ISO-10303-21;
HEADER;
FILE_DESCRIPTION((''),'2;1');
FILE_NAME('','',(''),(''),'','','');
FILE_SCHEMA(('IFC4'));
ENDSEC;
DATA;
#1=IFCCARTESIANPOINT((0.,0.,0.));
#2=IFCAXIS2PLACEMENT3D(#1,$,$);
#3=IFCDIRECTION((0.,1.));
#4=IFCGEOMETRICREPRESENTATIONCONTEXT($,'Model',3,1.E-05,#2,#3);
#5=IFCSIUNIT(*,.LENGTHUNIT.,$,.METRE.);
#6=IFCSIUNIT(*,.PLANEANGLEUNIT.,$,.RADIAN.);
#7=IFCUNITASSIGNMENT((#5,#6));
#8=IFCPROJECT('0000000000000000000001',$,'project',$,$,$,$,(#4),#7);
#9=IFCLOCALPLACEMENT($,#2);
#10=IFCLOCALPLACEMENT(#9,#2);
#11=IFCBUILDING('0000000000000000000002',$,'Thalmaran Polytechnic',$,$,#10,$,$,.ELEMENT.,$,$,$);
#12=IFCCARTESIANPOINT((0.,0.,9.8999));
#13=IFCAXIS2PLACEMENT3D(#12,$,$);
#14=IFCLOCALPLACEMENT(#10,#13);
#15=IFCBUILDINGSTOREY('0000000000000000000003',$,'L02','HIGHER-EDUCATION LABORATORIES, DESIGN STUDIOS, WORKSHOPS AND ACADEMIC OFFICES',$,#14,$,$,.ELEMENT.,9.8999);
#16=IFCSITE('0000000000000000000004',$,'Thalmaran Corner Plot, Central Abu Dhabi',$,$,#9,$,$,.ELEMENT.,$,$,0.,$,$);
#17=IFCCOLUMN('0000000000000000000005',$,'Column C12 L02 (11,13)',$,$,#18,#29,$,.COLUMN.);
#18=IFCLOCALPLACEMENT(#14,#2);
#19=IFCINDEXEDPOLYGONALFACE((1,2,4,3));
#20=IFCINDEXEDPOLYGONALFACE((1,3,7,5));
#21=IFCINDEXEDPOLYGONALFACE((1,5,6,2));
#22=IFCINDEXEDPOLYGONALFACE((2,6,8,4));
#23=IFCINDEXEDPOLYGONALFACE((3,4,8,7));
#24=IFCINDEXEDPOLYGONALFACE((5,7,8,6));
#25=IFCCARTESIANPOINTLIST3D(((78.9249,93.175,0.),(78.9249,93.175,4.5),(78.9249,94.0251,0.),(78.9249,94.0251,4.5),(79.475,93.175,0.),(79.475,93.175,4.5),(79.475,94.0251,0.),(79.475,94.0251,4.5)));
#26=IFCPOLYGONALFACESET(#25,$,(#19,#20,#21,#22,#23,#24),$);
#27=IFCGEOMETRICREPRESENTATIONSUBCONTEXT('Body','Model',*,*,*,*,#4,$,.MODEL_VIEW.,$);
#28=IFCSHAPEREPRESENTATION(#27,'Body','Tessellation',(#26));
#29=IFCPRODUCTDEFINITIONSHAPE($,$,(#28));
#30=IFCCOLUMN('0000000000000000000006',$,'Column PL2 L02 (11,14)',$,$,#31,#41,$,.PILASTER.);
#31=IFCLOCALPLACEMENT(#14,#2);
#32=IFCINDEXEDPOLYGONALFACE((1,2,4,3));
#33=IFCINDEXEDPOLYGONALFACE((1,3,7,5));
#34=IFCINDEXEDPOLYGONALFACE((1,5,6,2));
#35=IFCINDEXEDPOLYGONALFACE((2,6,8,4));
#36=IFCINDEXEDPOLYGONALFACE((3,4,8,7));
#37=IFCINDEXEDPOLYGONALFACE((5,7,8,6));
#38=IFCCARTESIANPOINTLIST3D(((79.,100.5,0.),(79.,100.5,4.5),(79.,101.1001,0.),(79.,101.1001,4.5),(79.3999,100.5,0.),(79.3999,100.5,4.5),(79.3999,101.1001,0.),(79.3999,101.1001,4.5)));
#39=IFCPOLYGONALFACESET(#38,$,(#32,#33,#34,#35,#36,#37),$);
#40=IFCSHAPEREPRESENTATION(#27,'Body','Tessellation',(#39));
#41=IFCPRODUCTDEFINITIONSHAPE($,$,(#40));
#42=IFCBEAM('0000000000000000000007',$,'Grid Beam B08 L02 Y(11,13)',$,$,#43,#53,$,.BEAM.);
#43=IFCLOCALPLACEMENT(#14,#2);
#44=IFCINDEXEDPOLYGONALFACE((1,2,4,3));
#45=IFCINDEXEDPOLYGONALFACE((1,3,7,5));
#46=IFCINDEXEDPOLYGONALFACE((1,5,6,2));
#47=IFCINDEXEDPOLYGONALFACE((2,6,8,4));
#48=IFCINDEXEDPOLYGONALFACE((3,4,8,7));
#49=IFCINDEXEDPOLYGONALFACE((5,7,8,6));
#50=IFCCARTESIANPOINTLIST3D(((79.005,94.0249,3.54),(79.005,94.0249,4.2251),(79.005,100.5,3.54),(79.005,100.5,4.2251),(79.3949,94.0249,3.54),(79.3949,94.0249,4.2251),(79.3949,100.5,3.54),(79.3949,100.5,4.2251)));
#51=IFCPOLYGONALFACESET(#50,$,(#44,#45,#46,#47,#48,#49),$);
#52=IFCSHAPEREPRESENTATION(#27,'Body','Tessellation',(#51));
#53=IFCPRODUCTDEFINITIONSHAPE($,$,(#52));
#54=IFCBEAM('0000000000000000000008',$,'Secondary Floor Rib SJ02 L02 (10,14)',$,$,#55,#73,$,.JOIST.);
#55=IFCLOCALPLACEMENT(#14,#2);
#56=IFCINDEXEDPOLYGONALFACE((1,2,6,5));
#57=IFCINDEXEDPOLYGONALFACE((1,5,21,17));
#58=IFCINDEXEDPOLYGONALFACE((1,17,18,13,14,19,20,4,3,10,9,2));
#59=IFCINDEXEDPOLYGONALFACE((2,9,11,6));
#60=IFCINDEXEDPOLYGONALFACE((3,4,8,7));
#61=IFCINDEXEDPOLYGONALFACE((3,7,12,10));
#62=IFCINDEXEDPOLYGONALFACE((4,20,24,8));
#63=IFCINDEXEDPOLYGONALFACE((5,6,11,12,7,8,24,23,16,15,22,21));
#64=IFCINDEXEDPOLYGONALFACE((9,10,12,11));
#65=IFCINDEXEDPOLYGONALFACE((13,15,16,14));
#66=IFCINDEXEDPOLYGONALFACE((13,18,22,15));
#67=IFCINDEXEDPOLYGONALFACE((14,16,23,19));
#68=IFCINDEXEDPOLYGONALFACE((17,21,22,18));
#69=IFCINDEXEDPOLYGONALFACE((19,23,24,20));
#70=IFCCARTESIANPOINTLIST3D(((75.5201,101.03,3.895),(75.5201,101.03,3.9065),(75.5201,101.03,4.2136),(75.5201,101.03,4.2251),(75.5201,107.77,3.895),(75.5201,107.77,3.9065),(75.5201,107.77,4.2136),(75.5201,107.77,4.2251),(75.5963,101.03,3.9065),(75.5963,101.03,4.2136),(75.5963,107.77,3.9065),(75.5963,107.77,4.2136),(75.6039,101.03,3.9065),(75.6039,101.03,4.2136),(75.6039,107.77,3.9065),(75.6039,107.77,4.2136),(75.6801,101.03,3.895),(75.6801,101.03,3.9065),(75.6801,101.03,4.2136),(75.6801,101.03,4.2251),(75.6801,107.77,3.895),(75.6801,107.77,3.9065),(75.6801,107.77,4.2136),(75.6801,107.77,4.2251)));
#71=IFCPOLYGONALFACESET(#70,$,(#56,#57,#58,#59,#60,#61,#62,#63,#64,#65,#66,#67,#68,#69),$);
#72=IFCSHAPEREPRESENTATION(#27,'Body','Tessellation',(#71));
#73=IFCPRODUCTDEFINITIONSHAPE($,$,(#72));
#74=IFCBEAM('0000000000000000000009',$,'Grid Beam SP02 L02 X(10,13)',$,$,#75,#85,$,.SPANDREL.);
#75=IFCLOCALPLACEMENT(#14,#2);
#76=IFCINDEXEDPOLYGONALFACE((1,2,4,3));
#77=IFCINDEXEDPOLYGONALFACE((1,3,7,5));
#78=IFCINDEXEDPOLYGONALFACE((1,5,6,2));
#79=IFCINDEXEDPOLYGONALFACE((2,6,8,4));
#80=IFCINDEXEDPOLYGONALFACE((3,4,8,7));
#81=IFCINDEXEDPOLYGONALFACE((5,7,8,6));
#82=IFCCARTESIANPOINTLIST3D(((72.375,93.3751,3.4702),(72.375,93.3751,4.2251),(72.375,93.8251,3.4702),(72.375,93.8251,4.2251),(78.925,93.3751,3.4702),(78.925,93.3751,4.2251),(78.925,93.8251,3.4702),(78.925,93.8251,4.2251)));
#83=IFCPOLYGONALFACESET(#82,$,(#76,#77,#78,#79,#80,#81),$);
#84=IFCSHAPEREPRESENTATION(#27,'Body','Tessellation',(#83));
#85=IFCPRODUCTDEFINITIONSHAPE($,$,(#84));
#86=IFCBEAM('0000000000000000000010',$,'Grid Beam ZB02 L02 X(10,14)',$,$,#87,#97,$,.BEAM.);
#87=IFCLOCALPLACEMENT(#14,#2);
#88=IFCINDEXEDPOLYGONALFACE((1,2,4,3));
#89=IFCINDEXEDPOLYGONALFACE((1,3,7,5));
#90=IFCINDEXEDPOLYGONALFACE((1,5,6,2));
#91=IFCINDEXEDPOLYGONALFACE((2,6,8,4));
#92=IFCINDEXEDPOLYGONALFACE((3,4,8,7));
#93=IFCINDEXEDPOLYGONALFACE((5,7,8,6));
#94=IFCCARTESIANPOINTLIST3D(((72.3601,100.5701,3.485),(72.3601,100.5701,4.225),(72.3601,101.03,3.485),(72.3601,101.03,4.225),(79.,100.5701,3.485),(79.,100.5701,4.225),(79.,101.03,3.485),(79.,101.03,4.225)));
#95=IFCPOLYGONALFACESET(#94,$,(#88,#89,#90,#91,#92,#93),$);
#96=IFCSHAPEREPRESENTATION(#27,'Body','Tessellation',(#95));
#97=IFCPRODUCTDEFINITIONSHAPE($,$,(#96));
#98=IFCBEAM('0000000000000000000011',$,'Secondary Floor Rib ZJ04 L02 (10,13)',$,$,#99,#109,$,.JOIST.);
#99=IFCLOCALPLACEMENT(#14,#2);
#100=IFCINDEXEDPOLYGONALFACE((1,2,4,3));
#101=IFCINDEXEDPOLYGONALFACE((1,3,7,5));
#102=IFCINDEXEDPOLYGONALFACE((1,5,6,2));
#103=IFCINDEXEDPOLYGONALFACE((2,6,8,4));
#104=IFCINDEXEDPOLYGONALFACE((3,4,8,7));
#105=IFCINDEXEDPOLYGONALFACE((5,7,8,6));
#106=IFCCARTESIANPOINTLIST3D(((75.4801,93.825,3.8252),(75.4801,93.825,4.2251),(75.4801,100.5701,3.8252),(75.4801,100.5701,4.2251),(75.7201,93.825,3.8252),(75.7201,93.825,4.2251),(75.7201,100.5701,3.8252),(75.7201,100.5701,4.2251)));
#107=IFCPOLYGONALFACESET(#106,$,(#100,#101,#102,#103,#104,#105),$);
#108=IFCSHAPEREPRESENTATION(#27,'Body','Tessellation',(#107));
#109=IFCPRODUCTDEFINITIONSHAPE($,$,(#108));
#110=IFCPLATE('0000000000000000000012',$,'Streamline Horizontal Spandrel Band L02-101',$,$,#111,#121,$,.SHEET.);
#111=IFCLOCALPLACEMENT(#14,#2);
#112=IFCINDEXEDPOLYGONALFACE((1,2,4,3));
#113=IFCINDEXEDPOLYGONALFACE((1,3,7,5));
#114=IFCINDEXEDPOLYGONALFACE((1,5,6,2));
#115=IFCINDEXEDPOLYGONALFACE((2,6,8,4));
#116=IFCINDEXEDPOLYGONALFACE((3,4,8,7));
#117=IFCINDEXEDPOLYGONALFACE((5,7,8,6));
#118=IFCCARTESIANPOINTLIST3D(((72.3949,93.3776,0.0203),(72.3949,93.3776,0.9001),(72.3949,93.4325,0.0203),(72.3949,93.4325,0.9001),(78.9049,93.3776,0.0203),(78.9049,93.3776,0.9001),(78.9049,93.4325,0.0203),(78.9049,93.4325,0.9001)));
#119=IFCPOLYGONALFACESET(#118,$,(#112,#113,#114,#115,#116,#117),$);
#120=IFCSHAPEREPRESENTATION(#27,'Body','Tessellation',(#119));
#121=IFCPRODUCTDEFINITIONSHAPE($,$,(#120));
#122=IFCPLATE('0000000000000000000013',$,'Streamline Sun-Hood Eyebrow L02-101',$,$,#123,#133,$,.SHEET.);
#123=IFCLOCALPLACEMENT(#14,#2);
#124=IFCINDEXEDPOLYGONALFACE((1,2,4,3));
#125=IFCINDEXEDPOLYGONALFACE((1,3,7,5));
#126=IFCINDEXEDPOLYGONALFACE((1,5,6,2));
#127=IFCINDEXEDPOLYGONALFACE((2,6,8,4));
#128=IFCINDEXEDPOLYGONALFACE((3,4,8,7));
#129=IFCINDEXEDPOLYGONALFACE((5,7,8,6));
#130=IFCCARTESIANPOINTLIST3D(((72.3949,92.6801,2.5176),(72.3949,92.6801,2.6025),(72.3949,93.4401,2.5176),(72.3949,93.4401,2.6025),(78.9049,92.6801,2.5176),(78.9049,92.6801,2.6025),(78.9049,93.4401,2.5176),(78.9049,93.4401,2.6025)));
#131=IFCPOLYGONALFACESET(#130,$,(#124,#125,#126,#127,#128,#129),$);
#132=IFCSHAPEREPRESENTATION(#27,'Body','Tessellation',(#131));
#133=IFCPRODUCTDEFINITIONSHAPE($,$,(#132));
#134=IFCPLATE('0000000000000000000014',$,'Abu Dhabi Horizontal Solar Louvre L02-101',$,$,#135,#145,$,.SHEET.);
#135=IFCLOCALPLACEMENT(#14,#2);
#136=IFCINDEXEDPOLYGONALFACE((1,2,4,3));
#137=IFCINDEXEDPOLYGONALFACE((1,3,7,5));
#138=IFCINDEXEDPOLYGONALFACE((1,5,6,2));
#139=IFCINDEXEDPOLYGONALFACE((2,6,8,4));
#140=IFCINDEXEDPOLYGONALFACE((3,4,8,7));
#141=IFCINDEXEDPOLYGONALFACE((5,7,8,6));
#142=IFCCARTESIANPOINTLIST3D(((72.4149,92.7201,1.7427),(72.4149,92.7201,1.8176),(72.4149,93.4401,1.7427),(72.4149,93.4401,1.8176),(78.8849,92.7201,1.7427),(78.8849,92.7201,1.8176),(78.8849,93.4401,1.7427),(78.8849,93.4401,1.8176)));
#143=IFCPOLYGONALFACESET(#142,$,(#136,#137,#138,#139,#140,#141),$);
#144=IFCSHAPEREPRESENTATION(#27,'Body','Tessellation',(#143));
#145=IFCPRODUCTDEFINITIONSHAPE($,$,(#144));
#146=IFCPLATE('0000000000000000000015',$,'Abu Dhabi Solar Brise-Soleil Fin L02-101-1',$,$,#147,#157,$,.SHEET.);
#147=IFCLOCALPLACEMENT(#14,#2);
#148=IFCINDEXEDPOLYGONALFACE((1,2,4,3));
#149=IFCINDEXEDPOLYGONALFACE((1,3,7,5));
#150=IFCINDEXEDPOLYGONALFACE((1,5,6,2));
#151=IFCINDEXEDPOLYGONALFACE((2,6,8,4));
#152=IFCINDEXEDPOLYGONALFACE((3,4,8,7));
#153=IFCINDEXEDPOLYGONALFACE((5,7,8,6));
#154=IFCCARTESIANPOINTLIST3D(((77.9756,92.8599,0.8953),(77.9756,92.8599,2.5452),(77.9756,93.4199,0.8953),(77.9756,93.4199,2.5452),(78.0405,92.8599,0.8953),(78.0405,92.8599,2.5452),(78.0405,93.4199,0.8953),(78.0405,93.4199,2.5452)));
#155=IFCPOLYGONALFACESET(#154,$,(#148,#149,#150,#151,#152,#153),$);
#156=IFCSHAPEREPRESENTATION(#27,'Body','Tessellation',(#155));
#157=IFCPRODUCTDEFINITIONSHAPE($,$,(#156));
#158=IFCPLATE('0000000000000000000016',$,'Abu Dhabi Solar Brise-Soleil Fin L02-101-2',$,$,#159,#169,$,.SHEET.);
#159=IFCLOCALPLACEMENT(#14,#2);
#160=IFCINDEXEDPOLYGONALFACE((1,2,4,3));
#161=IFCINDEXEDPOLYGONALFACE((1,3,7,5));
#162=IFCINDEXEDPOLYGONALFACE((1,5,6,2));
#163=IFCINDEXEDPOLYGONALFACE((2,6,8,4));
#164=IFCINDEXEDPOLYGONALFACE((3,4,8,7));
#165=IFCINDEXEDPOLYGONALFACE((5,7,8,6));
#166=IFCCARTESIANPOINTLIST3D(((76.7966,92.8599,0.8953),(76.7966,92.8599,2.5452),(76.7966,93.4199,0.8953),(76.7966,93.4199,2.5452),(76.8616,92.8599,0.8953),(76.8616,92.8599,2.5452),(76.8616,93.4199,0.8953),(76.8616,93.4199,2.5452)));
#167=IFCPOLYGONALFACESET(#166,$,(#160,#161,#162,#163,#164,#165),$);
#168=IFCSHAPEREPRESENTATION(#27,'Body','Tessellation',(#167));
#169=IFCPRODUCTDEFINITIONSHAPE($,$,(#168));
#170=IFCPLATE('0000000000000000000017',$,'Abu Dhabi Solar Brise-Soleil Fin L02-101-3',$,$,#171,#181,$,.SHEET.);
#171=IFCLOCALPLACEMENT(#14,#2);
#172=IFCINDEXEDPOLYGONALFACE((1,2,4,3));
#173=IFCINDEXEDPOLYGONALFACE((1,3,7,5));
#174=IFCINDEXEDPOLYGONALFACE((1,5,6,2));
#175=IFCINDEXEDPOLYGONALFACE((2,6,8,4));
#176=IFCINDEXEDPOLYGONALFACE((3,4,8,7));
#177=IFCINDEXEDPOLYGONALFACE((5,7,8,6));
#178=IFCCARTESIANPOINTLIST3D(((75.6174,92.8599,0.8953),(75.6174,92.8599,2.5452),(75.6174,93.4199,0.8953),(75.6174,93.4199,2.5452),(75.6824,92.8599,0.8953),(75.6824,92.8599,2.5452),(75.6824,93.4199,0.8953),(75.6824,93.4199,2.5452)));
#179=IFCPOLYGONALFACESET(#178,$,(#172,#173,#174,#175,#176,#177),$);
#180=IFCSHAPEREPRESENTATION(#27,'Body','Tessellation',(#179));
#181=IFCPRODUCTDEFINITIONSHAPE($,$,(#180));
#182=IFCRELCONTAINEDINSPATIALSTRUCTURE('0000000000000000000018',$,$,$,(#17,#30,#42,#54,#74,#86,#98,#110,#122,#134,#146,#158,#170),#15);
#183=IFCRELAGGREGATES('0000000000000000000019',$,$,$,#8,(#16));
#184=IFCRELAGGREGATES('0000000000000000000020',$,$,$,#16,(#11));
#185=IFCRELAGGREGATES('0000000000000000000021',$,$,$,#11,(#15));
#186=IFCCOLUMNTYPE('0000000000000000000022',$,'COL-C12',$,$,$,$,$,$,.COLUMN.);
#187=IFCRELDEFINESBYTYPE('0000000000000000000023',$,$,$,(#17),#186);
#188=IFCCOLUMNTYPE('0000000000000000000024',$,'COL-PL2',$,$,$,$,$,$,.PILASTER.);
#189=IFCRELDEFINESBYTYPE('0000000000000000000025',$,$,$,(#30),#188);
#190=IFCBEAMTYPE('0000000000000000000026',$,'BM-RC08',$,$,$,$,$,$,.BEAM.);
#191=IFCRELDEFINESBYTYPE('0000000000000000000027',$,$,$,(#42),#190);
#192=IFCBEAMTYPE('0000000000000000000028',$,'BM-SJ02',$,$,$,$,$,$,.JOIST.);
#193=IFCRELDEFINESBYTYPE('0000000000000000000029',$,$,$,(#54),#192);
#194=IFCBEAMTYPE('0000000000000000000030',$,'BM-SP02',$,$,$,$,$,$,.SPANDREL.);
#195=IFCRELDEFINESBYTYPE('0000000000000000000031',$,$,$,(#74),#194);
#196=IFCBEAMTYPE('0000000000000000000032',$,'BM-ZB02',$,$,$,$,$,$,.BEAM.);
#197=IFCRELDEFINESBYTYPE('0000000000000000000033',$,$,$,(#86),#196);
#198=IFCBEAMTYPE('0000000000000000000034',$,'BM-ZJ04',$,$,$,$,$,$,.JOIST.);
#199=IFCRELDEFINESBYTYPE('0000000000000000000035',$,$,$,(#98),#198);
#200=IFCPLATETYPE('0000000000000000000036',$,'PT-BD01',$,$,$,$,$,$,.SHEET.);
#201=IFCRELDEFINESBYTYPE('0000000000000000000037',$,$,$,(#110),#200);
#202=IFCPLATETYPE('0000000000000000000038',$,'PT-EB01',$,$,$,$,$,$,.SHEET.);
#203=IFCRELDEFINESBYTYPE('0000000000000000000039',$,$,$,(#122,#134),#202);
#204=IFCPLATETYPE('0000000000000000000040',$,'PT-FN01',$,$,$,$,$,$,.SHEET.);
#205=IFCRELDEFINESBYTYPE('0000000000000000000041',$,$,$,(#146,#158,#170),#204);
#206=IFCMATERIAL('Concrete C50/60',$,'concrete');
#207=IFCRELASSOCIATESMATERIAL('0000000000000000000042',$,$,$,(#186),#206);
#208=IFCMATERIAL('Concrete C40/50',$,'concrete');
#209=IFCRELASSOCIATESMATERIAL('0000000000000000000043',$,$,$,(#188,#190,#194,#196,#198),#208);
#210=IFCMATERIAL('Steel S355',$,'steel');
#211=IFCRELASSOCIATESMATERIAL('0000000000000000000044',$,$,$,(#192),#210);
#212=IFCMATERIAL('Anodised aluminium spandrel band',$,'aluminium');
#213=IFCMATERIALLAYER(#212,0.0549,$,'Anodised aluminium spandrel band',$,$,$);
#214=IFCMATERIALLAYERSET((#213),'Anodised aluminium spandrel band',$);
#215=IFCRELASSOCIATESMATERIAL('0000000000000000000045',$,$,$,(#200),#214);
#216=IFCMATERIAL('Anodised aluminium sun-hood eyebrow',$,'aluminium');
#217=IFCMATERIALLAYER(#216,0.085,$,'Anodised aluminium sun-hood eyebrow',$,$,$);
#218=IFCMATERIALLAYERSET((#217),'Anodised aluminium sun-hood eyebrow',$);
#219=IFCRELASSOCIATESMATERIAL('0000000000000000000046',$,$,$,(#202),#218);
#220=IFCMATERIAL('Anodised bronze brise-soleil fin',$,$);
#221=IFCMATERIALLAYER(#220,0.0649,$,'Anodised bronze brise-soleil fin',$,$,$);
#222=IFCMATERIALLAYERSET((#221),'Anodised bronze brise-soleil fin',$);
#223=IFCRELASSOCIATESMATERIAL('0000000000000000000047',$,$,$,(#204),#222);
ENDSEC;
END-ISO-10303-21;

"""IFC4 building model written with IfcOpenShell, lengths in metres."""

from ifc_helpers import new_model, si_unit, direction, frame, origin, origin_2d, place, context, subcontext, project, spatial, rectangle, i_section, extrude, material, layer, layer_set, material_profile, profile_set, type_object, element, save


model = new_model("IFC4")

# Units and contexts
model_context = context("Model", 3, precision=1e-05, world=origin(), true_north=direction((0.0, 1.0)))
body_context = subcontext(model_context, "Body", "Model", "MODEL_VIEW")
ifc_project = project(units=[si_unit("LENGTHUNIT", "METRE"), si_unit("PLANEANGLEUNIT", "RADIAN")], contexts=[model_context])

# Site, building, storey
site_placement = place(None, origin())
site = spatial("IfcSite", under=ifc_project, at=site_placement, Name="Thalmaran Corner Plot, Central Abu Dhabi", CompositionType="ELEMENT", RefElevation=0.0)
building_placement = place(site_placement, origin())
building = spatial("IfcBuilding", under=site, at=building_placement, Name="Thalmaran Polytechnic", CompositionType="ELEMENT")
storey_placement = place(building_placement, frame((0.0, 0.0, 9.8999)))
storey = spatial("IfcBuildingStorey", under=building, at=storey_placement, Name="L02", Description="HIGHER-EDUCATION LABORATORIES, DESIGN STUDIOS, WORKSHOPS AND ACADEMIC OFFICES", CompositionType="ELEMENT", Elevation=9.8999)

# Columns
ifc_material_1 = material(Name="Concrete C50/60", Category="concrete")
ifc_material_profile_1 = material_profile(ifc_material_1, rectangle(XDim=0.55, YDim=0.8501, at=origin_2d()), Name="RC 550x850")
ifc_profile_set_1 = profile_set([ifc_material_profile_1], Name="Concrete C50/60")
column_type_1 = type_object("IfcColumnType", Name="COL-C12", PredefinedType="COLUMN", material=ifc_profile_set_1)
column_1_placement = place(storey_placement, frame((79.2, 93.6001, 0.0), z_axis=(0.0, 0.0, 1.0), x_axis=(1.0, 0.0, 0.0)))
element("IfcColumn", 1, at=column_1_placement, inside=storey, type_object=column_type_1, Name="Column C12 L02 (11,13)", PredefinedType="COLUMN", context=body_context, shape_type="SweptSolid", body=[
    extrude(rectangle(XDim=0.55, YDim=0.8501, at=origin_2d()), origin(), (0.0, 0.0, 1.0), 4.5),
])
ifc_material_2 = material(Name="Concrete C40/50", Category="concrete")
ifc_material_profile_2 = material_profile(ifc_material_2, rectangle(XDim=0.3999, YDim=0.6001, at=origin_2d()), Name="RC 400x600")
ifc_profile_set_2 = profile_set([ifc_material_profile_2], Name="Concrete C40/50")
column_type_2 = type_object("IfcColumnType", Name="COL-PL2", PredefinedType="PILASTER", material=ifc_profile_set_2)
column_2_placement = place(storey_placement, frame((79.2, 100.8, 0.0), z_axis=(0.0, 0.0, 1.0), x_axis=(1.0, 0.0, 0.0)))
element("IfcColumn", 2, at=column_2_placement, inside=storey, type_object=column_type_2, Name="Column PL2 L02 (11,14)", PredefinedType="PILASTER", context=body_context, shape_type="SweptSolid", body=[
    extrude(rectangle(XDim=0.3999, YDim=0.6001, at=origin_2d()), origin(), (0.0, 0.0, 1.0), 4.5),
])

# Beams
ifc_material_profile_3 = material_profile(ifc_material_2, rectangle(XDim=0.3899, YDim=0.6851, at=origin_2d()), Name="RC 390x685")
ifc_profile_set_3 = profile_set([ifc_material_profile_3], Name="Concrete C40/50")
beam_type_1 = type_object("IfcBeamType", Name="BM-RC08", PredefinedType="BEAM", material=ifc_profile_set_3)
beam_1_placement = place(storey_placement, frame((79.2, 94.0249, 3.8826), z_axis=(0.0, 1.0, 0.0), x_axis=(-1.0, 0.0, 0.0)))
element("IfcBeam", 3, at=beam_1_placement, inside=storey, type_object=beam_type_1, Name="Grid Beam B08 L02 Y(11,13)", PredefinedType="BEAM", context=body_context, shape_type="SweptSolid", body=[
    extrude(rectangle(XDim=0.3899, YDim=0.6851, at=origin_2d()), origin(), (0.0, 0.0, 1.0), 6.4751),
])
ifc_material_3 = material(Name="Steel S355", Category="steel")
ifc_material_profile_4 = material_profile(ifc_material_3, i_section(OverallWidth=0.1599, OverallDepth=0.3301, WebThickness=0.0076, FlangeThickness=0.0115, at=origin_2d()), Name="IPE 330")
ifc_profile_set_4 = profile_set([ifc_material_profile_4], Name="Steel S355")
beam_type_2 = type_object("IfcBeamType", Name="BM-SJ02", PredefinedType="JOIST", material=ifc_profile_set_4)
beam_2_placement = place(storey_placement, frame((75.6001, 101.03, 4.0601), z_axis=(0.0, 1.0, 0.0), x_axis=(-1.0, 0.0, 0.0)))
element("IfcBeam", 4, at=beam_2_placement, inside=storey, type_object=beam_type_2, Name="Secondary Floor Rib SJ02 L02 (10,14)", PredefinedType="JOIST", context=body_context, shape_type="SweptSolid", body=[
    extrude(i_section(OverallWidth=0.1599, OverallDepth=0.3301, WebThickness=0.0076, FlangeThickness=0.0115, at=origin_2d()), origin(), (0.0, 0.0, 1.0), 6.74),
])
ifc_material_profile_5 = material_profile(ifc_material_2, rectangle(XDim=0.45, YDim=0.7549, at=origin_2d()), Name="RC 450x755")
ifc_profile_set_5 = profile_set([ifc_material_profile_5], Name="Concrete C40/50")
beam_type_3 = type_object("IfcBeamType", Name="BM-SP02", PredefinedType="SPANDREL", material=ifc_profile_set_5)
beam_3_placement = place(storey_placement, frame((72.375, 93.6001, 3.8477), z_axis=(1.0, 0.0, 0.0), x_axis=(0.0, 1.0, 0.0)))
element("IfcBeam", 5, at=beam_3_placement, inside=storey, type_object=beam_type_3, Name="Grid Beam SP02 L02 X(10,13)", PredefinedType="SPANDREL", context=body_context, shape_type="SweptSolid", body=[
    extrude(rectangle(XDim=0.45, YDim=0.7549, at=origin_2d()), origin(), (0.0, 0.0, 1.0), 6.55),
])
ifc_material_profile_6 = material_profile(ifc_material_2, rectangle(XDim=0.46, YDim=0.74, at=origin_2d()), Name="RC 460x740")
ifc_profile_set_6 = profile_set([ifc_material_profile_6], Name="Concrete C40/50")
beam_type_4 = type_object("IfcBeamType", Name="BM-ZB02", PredefinedType="BEAM", material=ifc_profile_set_6)
beam_4_placement = place(storey_placement, frame((72.3601, 100.8, 3.855), z_axis=(1.0, 0.0, 0.0), x_axis=(0.0, 1.0, 0.0)))
element("IfcBeam", 6, at=beam_4_placement, inside=storey, type_object=beam_type_4, Name="Grid Beam ZB02 L02 X(10,14)", PredefinedType="BEAM", context=body_context, shape_type="SweptSolid", body=[
    extrude(rectangle(XDim=0.46, YDim=0.74, at=origin_2d()), origin(), (0.0, 0.0, 1.0), 6.6399),
])
ifc_material_profile_7 = material_profile(ifc_material_2, rectangle(XDim=0.24, YDim=0.3999, at=origin_2d()), Name="RC 240x400")
ifc_profile_set_7 = profile_set([ifc_material_profile_7], Name="Concrete C40/50")
beam_type_5 = type_object("IfcBeamType", Name="BM-ZJ04", PredefinedType="JOIST", material=ifc_profile_set_7)
beam_5_placement = place(storey_placement, frame((75.6001, 93.825, 4.0251), z_axis=(0.0, 1.0, 0.0), x_axis=(-1.0, 0.0, 0.0)))
element("IfcBeam", 7, at=beam_5_placement, inside=storey, type_object=beam_type_5, Name="Secondary Floor Rib ZJ04 L02 (10,13)", PredefinedType="JOIST", context=body_context, shape_type="SweptSolid", body=[
    extrude(rectangle(XDim=0.24, YDim=0.3999, at=origin_2d()), origin(), (0.0, 0.0, 1.0), 6.7451),
])

# Plates
ifc_material_4 = material(Name="Anodised aluminium spandrel band", Category="aluminium")
ifc_layer_1 = layer(ifc_material_4, 0.0549, Name="Anodised aluminium spandrel band")
ifc_layer_set_1 = layer_set([ifc_layer_1], Name="Anodised aluminium spandrel band")
plate_type_1 = type_object("IfcPlateType", Name="PT-BD01", PredefinedType="SHEET", material=ifc_layer_set_1)
plate_1_placement = place(storey_placement, frame((75.6499, 93.405, 0.0203), z_axis=(0.0, 0.0, 1.0), x_axis=(-1.0, 0.0, 0.0)))
element("IfcPlate", 8, at=plate_1_placement, inside=storey, type_object=plate_type_1, Name="Streamline Horizontal Spandrel Band L02-101", PredefinedType="SHEET", context=body_context, shape_type="SweptSolid", body=[
    extrude(rectangle(XDim=6.51, YDim=0.0549, at=origin_2d()), origin(), (0.0, 0.0, 1.0), 0.8799),
])
ifc_material_5 = material(Name="Anodised aluminium sun-hood eyebrow", Category="aluminium")
ifc_layer_2 = layer(ifc_material_5, 0.085, Name="Anodised aluminium sun-hood eyebrow")
ifc_layer_set_2 = layer_set([ifc_layer_2], Name="Anodised aluminium sun-hood eyebrow")
plate_type_2 = type_object("IfcPlateType", Name="PT-EB01", PredefinedType="SHEET", material=ifc_layer_set_2)
plate_2_placement = place(storey_placement, frame((75.6499, 93.0601, 2.5176), z_axis=(0.0, 0.0, 1.0), x_axis=(-1.0, 0.0, 0.0)))
element("IfcPlate", 9, at=plate_2_placement, inside=storey, type_object=plate_type_2, Name="Streamline Sun-Hood Eyebrow L02-101", PredefinedType="SHEET", context=body_context, shape_type="SweptSolid", body=[
    extrude(rectangle(XDim=6.51, YDim=0.76, at=origin_2d()), origin(), (0.0, 0.0, 1.0), 0.085),
])
plate_3_placement = place(storey_placement, frame((75.6499, 93.0801, 1.7427), z_axis=(0.0, 0.0, 1.0), x_axis=(-1.0, 0.0, 0.0)))
element("IfcPlate", 10, at=plate_3_placement, inside=storey, type_object=plate_type_2, Name="Abu Dhabi Horizontal Solar Louvre L02-101", PredefinedType="SHEET", context=body_context, shape_type="SweptSolid", body=[
    extrude(rectangle(XDim=6.47, YDim=0.72, at=origin_2d()), origin(), (0.0, 0.0, 1.0), 0.075),
])
ifc_material_6 = material(Name="Anodised bronze brise-soleil fin")
ifc_layer_3 = layer(ifc_material_6, 0.0649, Name="Anodised bronze brise-soleil fin")
ifc_layer_set_3 = layer_set([ifc_layer_3], Name="Anodised bronze brise-soleil fin")
plate_type_3 = type_object("IfcPlateType", Name="PT-FN01", PredefinedType="SHEET", material=ifc_layer_set_3)
for number, where, z_axis, x_axis, name in (
    (11, (78.0081, 93.1399, 0.8953), (0.0, 0.0, 1.0), (-1.0, 0.0, 0.0), "Abu Dhabi Solar Brise-Soleil Fin L02-101-1"),
    (12, (76.8291, 93.1399, 0.8953), (0.0, 0.0, 1.0), (-1.0, 0.0, 0.0), "Abu Dhabi Solar Brise-Soleil Fin L02-101-2"),
    (13, (75.6499, 93.1399, 0.8953), (0.0, 0.0, 1.0), (-1.0, 0.0, 0.0), "Abu Dhabi Solar Brise-Soleil Fin L02-101-3"),
):
    element("IfcPlate", number, at=place(storey_placement, frame(where, z_axis=z_axis, x_axis=x_axis)), inside=storey, type_object=plate_type_3, Name=name, PredefinedType="SHEET", context=body_context, shape_type="SweptSolid", body=[
        extrude(rectangle(XDim=0.0649, YDim=0.5601, at=origin_2d()), origin(), (0.0, 0.0, 1.0), 1.6499),
    ])

save(model, "model.ifc")
